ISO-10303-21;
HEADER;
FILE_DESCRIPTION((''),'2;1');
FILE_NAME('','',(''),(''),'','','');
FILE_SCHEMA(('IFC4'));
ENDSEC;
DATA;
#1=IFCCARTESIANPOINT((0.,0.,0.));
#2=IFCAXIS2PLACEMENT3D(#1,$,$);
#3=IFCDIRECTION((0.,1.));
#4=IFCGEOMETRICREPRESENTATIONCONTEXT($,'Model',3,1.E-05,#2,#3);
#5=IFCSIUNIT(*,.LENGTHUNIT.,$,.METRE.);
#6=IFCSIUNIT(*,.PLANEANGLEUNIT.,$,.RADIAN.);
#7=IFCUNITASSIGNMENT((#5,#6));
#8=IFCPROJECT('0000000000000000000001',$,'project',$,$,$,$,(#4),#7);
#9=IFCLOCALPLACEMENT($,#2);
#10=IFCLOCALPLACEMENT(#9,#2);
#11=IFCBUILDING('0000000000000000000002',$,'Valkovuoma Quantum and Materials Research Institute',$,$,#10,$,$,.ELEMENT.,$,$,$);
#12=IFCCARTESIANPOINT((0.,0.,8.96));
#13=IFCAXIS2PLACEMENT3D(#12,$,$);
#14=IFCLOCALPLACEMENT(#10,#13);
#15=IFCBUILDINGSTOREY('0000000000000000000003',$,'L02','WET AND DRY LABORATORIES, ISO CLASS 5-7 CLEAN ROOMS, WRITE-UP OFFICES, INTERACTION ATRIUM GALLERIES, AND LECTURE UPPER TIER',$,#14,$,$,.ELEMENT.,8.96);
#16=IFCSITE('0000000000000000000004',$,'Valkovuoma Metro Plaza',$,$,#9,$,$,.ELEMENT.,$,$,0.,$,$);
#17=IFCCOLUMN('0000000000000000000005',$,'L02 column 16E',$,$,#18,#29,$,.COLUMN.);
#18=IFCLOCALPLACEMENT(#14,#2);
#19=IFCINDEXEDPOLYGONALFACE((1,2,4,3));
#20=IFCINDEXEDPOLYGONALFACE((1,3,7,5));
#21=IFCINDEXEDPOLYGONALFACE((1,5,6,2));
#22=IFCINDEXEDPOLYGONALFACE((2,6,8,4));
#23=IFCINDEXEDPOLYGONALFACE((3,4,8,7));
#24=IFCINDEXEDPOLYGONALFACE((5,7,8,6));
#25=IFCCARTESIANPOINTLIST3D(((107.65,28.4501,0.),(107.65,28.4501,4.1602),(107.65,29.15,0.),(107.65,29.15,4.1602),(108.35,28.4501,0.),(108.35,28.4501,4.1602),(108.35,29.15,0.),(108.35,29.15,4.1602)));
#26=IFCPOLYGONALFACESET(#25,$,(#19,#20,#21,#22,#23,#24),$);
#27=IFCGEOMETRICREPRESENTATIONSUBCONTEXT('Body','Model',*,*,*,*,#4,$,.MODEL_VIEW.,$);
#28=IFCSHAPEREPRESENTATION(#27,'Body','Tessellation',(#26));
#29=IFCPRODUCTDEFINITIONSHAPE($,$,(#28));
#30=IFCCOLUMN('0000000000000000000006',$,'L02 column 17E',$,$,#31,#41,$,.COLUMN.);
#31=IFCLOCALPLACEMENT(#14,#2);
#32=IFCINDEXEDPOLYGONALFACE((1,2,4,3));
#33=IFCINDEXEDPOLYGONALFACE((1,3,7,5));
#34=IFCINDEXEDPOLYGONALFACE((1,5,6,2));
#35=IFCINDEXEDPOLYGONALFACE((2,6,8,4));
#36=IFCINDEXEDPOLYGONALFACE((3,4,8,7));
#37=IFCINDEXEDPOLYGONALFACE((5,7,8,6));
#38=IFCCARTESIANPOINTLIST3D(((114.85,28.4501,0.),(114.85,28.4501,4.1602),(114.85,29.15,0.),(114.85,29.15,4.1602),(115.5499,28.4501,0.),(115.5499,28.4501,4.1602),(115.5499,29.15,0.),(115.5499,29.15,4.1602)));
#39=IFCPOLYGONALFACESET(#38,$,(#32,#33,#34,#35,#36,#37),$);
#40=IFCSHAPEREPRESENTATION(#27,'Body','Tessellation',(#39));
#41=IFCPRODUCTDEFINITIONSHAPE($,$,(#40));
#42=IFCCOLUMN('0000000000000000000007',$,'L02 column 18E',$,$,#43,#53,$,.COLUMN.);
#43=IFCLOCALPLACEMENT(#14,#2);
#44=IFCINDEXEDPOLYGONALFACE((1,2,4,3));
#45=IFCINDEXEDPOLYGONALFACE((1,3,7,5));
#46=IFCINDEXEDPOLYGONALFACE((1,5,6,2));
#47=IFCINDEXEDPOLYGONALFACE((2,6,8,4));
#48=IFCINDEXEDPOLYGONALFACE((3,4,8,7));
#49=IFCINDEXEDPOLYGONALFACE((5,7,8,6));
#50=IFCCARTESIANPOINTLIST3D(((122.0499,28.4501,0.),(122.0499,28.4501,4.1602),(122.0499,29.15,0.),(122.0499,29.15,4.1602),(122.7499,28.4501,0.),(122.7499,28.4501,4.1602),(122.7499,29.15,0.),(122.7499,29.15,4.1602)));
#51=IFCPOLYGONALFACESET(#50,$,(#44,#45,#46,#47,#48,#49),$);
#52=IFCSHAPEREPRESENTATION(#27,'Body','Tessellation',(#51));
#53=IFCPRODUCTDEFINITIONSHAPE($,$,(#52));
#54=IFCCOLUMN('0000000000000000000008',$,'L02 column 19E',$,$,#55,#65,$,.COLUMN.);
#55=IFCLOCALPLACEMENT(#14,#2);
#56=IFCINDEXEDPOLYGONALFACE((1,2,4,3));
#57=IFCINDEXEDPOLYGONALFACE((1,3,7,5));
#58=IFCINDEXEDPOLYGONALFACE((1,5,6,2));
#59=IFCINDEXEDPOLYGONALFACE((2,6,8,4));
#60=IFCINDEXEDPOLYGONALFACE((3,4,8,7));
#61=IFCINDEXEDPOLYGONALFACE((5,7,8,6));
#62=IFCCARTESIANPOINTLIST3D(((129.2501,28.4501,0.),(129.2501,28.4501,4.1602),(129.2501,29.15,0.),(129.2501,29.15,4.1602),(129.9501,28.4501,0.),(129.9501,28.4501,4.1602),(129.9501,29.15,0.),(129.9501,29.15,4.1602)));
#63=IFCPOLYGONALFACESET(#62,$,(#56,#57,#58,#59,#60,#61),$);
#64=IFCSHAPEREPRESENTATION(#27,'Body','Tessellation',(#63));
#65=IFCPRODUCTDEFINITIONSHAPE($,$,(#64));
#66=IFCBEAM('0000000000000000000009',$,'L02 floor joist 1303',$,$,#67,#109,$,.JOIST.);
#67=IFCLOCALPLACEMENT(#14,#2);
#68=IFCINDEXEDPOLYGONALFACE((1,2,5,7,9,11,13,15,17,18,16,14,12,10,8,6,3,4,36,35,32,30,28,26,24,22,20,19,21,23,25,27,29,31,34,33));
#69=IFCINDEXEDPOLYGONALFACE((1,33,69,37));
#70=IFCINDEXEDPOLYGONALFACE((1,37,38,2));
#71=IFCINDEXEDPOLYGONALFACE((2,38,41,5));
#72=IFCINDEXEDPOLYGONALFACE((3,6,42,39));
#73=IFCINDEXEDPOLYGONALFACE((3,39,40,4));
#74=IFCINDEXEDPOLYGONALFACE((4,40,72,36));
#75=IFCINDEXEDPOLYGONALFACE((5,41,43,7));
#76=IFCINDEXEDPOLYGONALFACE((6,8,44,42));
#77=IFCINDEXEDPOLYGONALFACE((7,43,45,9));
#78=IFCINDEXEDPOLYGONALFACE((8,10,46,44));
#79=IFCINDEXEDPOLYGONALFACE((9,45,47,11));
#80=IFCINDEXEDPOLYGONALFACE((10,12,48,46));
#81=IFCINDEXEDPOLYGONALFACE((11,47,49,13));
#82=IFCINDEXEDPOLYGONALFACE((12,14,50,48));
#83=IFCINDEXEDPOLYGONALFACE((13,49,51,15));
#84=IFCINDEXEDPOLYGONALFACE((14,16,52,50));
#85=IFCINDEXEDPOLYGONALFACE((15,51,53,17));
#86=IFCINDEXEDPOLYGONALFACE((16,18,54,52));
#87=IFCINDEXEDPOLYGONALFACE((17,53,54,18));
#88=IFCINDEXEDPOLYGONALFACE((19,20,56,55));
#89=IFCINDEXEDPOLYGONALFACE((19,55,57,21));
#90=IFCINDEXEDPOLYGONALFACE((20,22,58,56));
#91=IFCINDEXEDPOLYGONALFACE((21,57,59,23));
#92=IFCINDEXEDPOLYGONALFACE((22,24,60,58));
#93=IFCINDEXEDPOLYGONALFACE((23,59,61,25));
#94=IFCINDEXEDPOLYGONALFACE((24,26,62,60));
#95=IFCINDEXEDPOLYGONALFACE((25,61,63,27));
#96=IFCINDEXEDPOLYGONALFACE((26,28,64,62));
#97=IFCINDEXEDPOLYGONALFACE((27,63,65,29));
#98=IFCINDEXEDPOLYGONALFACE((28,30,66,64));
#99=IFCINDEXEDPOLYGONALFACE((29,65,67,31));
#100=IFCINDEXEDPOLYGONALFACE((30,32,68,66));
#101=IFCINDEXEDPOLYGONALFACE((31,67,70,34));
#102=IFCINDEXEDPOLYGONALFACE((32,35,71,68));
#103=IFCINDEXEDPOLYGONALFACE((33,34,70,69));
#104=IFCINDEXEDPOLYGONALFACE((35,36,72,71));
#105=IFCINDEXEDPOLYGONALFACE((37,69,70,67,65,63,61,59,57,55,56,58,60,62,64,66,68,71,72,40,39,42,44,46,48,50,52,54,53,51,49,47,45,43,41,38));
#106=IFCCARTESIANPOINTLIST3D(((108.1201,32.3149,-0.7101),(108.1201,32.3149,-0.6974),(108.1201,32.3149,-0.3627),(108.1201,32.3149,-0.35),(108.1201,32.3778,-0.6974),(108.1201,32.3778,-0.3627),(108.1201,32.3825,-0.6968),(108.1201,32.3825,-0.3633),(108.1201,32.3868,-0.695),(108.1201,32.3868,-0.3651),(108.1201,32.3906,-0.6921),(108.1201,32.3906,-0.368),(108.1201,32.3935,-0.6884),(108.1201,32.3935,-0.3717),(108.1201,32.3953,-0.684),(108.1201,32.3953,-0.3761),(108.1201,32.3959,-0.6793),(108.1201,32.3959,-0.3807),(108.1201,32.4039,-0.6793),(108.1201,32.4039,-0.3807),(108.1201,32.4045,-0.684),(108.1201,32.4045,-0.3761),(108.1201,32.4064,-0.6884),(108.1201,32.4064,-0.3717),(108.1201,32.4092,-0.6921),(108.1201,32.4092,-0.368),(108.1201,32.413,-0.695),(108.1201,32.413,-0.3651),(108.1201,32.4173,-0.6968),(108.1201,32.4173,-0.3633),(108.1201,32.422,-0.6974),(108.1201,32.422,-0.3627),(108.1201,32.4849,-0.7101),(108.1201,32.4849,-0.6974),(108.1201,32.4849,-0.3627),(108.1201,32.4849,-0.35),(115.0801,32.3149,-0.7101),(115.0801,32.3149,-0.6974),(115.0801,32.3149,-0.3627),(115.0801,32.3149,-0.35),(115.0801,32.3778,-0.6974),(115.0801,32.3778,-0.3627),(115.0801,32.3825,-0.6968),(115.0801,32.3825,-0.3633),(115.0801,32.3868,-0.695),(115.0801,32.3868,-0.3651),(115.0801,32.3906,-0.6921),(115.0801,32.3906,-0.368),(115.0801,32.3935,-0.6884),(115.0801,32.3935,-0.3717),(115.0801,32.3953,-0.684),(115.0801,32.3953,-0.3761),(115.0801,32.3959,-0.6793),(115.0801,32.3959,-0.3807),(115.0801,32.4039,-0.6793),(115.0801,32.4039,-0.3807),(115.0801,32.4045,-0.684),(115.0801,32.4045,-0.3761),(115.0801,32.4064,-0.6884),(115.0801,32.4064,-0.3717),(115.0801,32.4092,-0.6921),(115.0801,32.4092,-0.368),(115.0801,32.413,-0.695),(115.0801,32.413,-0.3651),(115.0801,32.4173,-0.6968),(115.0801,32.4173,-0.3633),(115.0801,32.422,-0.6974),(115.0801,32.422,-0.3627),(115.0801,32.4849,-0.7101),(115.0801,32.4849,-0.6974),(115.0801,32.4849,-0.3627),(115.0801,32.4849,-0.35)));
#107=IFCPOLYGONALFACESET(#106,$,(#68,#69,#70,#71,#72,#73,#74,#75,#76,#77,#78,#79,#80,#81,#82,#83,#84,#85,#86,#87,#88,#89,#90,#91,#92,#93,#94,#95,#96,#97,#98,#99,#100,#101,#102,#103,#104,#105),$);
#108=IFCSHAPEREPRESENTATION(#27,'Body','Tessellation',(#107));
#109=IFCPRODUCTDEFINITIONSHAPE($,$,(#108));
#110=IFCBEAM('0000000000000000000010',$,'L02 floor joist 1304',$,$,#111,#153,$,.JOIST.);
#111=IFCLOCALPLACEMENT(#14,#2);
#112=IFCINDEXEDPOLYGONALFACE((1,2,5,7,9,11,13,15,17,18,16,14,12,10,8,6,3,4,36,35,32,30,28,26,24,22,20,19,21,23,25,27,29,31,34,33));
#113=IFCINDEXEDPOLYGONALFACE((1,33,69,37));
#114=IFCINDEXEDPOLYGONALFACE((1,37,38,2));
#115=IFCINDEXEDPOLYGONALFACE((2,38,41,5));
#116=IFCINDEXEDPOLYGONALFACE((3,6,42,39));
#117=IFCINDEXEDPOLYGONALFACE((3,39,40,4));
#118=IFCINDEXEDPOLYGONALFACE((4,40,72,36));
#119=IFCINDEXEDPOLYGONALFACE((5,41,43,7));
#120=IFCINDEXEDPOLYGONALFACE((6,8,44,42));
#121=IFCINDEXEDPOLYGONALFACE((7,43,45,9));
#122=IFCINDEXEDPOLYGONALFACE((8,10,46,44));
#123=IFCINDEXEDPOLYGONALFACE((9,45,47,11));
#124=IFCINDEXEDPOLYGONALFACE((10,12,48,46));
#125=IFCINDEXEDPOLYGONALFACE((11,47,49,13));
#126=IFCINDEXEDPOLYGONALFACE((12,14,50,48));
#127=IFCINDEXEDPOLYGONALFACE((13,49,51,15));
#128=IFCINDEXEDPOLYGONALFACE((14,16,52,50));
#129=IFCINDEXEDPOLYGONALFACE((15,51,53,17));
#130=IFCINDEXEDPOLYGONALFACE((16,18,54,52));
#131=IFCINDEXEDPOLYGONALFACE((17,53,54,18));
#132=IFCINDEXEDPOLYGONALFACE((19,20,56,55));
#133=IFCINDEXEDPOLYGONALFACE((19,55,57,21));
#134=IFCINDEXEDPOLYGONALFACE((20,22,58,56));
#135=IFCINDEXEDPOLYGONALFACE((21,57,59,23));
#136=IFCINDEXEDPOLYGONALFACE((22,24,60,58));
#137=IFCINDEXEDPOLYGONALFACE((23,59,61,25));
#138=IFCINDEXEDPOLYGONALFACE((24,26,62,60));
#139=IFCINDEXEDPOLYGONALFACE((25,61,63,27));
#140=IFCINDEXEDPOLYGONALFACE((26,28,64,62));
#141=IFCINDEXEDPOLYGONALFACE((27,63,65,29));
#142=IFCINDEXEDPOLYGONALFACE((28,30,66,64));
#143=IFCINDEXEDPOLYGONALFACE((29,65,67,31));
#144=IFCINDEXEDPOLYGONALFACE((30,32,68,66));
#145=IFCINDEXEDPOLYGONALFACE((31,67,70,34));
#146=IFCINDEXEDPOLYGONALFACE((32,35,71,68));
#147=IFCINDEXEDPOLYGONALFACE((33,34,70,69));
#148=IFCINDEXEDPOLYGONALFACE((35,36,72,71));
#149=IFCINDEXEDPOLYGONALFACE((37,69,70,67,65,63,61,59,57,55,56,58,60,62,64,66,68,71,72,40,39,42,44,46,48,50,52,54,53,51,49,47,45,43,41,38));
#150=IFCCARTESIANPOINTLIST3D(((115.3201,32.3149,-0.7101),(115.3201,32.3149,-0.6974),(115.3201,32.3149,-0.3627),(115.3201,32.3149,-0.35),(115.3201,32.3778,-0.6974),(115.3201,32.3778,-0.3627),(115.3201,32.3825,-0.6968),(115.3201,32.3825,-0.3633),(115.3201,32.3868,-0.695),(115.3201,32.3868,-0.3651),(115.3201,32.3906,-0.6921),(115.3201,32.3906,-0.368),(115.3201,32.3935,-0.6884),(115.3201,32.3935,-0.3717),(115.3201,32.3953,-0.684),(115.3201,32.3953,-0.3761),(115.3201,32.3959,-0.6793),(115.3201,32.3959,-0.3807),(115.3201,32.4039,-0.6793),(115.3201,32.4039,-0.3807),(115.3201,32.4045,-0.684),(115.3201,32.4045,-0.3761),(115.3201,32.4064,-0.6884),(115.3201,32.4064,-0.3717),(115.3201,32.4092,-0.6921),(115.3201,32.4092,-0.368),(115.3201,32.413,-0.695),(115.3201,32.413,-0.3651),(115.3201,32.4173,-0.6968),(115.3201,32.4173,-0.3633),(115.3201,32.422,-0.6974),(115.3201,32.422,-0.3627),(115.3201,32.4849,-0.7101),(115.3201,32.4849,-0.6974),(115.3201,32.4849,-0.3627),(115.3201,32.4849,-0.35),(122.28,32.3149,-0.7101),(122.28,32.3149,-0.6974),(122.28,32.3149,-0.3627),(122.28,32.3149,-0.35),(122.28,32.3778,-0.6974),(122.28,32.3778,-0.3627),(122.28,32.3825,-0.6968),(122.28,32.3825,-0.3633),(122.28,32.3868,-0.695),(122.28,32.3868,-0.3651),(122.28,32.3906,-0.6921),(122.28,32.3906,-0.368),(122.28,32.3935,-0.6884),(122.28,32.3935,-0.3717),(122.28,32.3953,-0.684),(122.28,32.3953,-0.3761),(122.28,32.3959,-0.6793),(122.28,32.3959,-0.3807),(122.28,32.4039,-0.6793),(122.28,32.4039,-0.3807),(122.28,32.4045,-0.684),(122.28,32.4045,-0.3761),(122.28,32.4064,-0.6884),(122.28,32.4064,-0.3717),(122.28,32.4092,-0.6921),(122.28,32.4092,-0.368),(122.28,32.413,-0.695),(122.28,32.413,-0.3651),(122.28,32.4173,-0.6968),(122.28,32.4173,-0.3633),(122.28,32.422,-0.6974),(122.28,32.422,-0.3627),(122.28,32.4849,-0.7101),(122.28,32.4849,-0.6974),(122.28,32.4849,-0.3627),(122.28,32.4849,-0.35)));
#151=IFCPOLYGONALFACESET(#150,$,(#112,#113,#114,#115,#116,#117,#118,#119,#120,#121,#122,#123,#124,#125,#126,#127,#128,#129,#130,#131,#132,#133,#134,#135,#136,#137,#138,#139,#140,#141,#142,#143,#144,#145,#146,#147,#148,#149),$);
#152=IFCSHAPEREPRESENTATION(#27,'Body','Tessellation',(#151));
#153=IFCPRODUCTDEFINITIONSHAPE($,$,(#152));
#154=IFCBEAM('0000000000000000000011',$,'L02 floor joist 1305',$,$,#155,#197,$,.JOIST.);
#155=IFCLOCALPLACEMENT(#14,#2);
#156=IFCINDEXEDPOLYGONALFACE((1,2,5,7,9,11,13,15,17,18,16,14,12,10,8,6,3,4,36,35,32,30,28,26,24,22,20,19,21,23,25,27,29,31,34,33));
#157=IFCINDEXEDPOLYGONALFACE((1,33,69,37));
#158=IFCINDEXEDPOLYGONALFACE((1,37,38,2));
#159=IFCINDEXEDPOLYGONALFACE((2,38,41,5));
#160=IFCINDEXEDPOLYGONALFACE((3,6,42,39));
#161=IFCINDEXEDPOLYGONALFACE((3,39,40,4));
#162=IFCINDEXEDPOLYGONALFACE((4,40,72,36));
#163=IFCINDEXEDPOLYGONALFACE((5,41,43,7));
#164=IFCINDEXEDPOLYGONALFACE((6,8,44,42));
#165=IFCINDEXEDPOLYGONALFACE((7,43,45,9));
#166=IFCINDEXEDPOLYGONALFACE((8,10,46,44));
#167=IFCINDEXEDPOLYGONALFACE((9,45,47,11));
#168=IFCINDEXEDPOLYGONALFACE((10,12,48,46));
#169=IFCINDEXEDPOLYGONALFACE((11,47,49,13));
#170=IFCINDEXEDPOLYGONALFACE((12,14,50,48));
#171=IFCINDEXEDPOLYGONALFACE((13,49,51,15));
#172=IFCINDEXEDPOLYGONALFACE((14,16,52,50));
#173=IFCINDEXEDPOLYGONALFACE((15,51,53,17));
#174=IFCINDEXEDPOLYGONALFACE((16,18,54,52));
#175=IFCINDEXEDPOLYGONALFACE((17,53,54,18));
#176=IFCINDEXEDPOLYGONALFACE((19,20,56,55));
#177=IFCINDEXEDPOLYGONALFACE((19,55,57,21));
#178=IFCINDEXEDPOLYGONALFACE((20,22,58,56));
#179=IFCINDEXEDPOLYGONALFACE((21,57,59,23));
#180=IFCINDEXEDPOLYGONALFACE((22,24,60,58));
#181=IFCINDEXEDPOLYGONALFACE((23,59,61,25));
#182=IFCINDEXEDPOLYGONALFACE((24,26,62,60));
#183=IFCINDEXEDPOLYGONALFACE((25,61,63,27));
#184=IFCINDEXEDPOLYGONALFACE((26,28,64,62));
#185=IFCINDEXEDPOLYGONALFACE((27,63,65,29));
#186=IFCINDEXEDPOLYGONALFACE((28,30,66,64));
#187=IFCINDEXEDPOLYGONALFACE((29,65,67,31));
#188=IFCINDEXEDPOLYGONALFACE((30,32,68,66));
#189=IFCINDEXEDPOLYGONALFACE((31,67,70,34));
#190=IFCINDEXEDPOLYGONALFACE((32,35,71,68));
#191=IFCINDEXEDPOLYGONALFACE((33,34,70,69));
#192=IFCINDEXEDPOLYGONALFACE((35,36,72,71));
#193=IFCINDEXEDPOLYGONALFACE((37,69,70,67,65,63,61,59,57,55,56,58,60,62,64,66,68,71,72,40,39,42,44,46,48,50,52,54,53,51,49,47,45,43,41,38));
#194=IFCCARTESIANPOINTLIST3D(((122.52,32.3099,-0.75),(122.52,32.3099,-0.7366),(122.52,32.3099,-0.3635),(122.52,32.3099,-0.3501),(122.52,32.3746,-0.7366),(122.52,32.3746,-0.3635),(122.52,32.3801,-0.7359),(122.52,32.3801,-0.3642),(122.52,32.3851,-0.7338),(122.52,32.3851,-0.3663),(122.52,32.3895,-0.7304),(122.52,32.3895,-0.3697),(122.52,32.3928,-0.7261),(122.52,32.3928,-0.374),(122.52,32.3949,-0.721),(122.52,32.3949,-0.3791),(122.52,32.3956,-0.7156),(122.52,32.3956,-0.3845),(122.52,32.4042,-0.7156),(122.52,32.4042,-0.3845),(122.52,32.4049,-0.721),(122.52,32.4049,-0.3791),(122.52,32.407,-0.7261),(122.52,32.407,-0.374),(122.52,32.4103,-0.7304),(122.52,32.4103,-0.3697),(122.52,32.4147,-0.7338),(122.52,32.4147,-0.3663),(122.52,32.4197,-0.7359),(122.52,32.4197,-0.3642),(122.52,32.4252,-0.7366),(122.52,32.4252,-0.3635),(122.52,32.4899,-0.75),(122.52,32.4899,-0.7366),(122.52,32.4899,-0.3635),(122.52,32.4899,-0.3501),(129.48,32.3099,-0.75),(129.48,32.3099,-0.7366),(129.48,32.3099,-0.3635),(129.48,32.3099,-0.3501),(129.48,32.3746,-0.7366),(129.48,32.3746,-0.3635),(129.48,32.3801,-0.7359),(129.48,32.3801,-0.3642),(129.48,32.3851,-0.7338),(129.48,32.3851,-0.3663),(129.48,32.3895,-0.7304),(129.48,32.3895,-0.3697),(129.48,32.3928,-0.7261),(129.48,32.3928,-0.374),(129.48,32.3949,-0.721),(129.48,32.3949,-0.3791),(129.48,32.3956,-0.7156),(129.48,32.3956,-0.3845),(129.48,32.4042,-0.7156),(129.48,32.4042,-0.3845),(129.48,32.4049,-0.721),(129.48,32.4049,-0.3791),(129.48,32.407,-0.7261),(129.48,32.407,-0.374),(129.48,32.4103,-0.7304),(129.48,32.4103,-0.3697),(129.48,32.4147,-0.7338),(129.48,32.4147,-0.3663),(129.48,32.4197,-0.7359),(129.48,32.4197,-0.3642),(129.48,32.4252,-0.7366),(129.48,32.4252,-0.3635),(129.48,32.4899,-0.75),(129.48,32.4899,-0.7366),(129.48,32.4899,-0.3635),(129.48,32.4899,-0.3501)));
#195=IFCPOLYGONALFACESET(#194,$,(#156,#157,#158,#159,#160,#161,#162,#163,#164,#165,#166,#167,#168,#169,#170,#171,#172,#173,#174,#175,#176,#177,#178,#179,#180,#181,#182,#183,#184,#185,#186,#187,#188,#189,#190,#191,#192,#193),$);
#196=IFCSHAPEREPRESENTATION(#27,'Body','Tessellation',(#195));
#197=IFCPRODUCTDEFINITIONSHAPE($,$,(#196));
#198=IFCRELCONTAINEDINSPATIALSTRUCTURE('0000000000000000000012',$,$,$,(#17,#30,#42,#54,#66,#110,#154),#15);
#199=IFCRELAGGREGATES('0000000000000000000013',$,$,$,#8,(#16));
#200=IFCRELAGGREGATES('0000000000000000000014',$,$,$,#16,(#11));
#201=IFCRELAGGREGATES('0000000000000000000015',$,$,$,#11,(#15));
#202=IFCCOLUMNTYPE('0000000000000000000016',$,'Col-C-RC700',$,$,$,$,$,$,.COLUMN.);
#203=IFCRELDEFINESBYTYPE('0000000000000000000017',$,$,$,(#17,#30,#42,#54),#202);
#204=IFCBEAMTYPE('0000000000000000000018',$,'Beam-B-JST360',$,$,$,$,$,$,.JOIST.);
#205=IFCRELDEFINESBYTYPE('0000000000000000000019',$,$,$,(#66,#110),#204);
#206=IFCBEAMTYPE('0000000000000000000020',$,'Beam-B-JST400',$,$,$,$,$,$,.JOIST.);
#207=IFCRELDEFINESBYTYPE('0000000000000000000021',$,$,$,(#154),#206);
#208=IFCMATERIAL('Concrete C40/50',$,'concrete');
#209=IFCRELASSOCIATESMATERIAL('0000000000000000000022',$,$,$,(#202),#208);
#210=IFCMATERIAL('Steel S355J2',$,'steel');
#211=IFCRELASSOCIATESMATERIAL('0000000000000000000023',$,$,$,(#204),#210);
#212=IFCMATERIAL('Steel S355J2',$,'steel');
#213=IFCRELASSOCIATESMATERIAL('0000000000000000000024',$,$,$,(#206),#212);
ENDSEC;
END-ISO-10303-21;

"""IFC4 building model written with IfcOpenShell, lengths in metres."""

from ifc_helpers import new_model, si_unit, direction, frame, origin, origin_2d, place, context, subcontext, project, spatial, rectangle, i_section, extrude, material, material_profile, profile_set, type_object, element, save


model = new_model("IFC4")

# Units and contexts
model_context = context("Model", 3, precision=1e-05, world=origin(), true_north=direction((0.0, 1.0)))
body_context = subcontext(model_context, "Body", "Model", "MODEL_VIEW")
ifc_project = project(units=[si_unit("LENGTHUNIT", "METRE"), si_unit("PLANEANGLEUNIT", "RADIAN")], contexts=[model_context])

# Site, building, storey
site_placement = place(None, origin())
site = spatial("IfcSite", under=ifc_project, at=site_placement, Name="Valkovuoma Metro Plaza", CompositionType="ELEMENT", RefElevation=0.0)
building_placement = place(site_placement, origin())
building = spatial("IfcBuilding", under=site, at=building_placement, Name="Valkovuoma Quantum and Materials Research Institute", CompositionType="ELEMENT")
storey_placement = place(building_placement, frame((0.0, 0.0, 8.96)))
storey = spatial("IfcBuildingStorey", under=building, at=storey_placement, Name="L02", Description="WET AND DRY LABORATORIES, ISO CLASS 5-7 CLEAN ROOMS, WRITE-UP OFFICES, INTERACTION ATRIUM GALLERIES, AND LECTURE UPPER TIER", CompositionType="ELEMENT", Elevation=8.96)

# Columns
ifc_material_1 = material(Name="Concrete C40/50", Category="concrete")
ifc_material_profile_1 = material_profile(ifc_material_1, rectangle(XDim=0.7, YDim=0.7, at=origin_2d()), Name="Concrete C40/50")
ifc_profile_set_1 = profile_set([ifc_material_profile_1], Name="Concrete C40/50")
column_type = type_object("IfcColumnType", Name="Col-C-RC700", PredefinedType="COLUMN", material=ifc_profile_set_1)
for number, where, z_axis, x_axis, name in (
    (1, (108.0, 28.8, 0.0), (0.0, 0.0, 1.0), (1.0, 0.0, 0.0), "L02 column 16E"),
    (2, (115.2, 28.8, 0.0), (0.0, 0.0, 1.0), (1.0, 0.0, 0.0), "L02 column 17E"),
    (3, (122.3999, 28.8, 0.0), (0.0, 0.0, 1.0), (1.0, 0.0, 0.0), "L02 column 18E"),
    (4, (129.6001, 28.8, 0.0), (0.0, 0.0, 1.0), (1.0, 0.0, 0.0), "L02 column 19E"),
):
    element("IfcColumn", number, at=place(storey_placement, frame(where, z_axis=z_axis, x_axis=x_axis)), inside=storey, type_object=column_type, Name=name, PredefinedType="COLUMN", context=body_context, shape_type="SweptSolid", body=[
        extrude(rectangle(XDim=0.7, YDim=0.7, at=origin_2d()), origin(), (0.0, 0.0, 1.0), 4.1602),
    ])

# Beams
ifc_material_2 = material(Name="Steel S355J2", Category="steel")
ifc_material_profile_2 = material_profile(ifc_material_2, i_section(OverallWidth=0.1699, OverallDepth=0.3601, WebThickness=0.0081, FlangeThickness=0.0127, FilletRadius=0.0181, at=origin_2d()), Name="Steel S355J2")
ifc_profile_set_2 = profile_set([ifc_material_profile_2], Name="Steel S355J2")
beam_type_1 = type_object("IfcBeamType", Name="Beam-B-JST360", PredefinedType="JOIST", material=ifc_profile_set_2)
for number, where, z_axis, x_axis, name in (
    (5, (108.1201, 32.3999, -0.53), (1.0, 0.0, 0.0), (0.0, 1.0, 0.0), "L02 floor joist 1303"),
    (6, (115.3201, 32.3999, -0.53), (1.0, 0.0, 0.0), (0.0, 1.0, 0.0), "L02 floor joist 1304"),
):
    element("IfcBeam", number, at=place(storey_placement, frame(where, z_axis=z_axis, x_axis=x_axis)), inside=storey, type_object=beam_type_1, Name=name, PredefinedType="JOIST", context=body_context, shape_type="SweptSolid", body=[
        extrude(i_section(OverallWidth=0.1699, OverallDepth=0.3601, WebThickness=0.0081, FlangeThickness=0.0127, FilletRadius=0.0181, at=origin_2d()), origin(), (0.0, 0.0, 1.0), 6.96),
    ])
ifc_material_3 = material(Name="Steel S355J2", Category="steel")
ifc_material_profile_3 = material_profile(ifc_material_3, i_section(OverallWidth=0.1799, OverallDepth=0.3999, WebThickness=0.0085, FlangeThickness=0.0134, FilletRadius=0.021, at=origin_2d()), Name="Steel S355J2")
ifc_profile_set_3 = profile_set([ifc_material_profile_3], Name="Steel S355J2")
beam_type_2 = type_object("IfcBeamType", Name="Beam-B-JST400", PredefinedType="JOIST", material=ifc_profile_set_3)
for number, where, z_axis, x_axis, name in (
    (7, (122.52, 32.3999, -0.55), (1.0, 0.0, 0.0), (0.0, 1.0, 0.0), "L02 floor joist 1305"),
):
    element("IfcBeam", number, at=place(storey_placement, frame(where, z_axis=z_axis, x_axis=x_axis)), inside=storey, type_object=beam_type_2, Name=name, PredefinedType="JOIST", context=body_context, shape_type="SweptSolid", body=[
        extrude(i_section(OverallWidth=0.1799, OverallDepth=0.3999, WebThickness=0.0085, FlangeThickness=0.0134, FilletRadius=0.021, at=origin_2d()), origin(), (0.0, 0.0, 1.0), 6.96),
    ])

save(model, "model.ifc")
